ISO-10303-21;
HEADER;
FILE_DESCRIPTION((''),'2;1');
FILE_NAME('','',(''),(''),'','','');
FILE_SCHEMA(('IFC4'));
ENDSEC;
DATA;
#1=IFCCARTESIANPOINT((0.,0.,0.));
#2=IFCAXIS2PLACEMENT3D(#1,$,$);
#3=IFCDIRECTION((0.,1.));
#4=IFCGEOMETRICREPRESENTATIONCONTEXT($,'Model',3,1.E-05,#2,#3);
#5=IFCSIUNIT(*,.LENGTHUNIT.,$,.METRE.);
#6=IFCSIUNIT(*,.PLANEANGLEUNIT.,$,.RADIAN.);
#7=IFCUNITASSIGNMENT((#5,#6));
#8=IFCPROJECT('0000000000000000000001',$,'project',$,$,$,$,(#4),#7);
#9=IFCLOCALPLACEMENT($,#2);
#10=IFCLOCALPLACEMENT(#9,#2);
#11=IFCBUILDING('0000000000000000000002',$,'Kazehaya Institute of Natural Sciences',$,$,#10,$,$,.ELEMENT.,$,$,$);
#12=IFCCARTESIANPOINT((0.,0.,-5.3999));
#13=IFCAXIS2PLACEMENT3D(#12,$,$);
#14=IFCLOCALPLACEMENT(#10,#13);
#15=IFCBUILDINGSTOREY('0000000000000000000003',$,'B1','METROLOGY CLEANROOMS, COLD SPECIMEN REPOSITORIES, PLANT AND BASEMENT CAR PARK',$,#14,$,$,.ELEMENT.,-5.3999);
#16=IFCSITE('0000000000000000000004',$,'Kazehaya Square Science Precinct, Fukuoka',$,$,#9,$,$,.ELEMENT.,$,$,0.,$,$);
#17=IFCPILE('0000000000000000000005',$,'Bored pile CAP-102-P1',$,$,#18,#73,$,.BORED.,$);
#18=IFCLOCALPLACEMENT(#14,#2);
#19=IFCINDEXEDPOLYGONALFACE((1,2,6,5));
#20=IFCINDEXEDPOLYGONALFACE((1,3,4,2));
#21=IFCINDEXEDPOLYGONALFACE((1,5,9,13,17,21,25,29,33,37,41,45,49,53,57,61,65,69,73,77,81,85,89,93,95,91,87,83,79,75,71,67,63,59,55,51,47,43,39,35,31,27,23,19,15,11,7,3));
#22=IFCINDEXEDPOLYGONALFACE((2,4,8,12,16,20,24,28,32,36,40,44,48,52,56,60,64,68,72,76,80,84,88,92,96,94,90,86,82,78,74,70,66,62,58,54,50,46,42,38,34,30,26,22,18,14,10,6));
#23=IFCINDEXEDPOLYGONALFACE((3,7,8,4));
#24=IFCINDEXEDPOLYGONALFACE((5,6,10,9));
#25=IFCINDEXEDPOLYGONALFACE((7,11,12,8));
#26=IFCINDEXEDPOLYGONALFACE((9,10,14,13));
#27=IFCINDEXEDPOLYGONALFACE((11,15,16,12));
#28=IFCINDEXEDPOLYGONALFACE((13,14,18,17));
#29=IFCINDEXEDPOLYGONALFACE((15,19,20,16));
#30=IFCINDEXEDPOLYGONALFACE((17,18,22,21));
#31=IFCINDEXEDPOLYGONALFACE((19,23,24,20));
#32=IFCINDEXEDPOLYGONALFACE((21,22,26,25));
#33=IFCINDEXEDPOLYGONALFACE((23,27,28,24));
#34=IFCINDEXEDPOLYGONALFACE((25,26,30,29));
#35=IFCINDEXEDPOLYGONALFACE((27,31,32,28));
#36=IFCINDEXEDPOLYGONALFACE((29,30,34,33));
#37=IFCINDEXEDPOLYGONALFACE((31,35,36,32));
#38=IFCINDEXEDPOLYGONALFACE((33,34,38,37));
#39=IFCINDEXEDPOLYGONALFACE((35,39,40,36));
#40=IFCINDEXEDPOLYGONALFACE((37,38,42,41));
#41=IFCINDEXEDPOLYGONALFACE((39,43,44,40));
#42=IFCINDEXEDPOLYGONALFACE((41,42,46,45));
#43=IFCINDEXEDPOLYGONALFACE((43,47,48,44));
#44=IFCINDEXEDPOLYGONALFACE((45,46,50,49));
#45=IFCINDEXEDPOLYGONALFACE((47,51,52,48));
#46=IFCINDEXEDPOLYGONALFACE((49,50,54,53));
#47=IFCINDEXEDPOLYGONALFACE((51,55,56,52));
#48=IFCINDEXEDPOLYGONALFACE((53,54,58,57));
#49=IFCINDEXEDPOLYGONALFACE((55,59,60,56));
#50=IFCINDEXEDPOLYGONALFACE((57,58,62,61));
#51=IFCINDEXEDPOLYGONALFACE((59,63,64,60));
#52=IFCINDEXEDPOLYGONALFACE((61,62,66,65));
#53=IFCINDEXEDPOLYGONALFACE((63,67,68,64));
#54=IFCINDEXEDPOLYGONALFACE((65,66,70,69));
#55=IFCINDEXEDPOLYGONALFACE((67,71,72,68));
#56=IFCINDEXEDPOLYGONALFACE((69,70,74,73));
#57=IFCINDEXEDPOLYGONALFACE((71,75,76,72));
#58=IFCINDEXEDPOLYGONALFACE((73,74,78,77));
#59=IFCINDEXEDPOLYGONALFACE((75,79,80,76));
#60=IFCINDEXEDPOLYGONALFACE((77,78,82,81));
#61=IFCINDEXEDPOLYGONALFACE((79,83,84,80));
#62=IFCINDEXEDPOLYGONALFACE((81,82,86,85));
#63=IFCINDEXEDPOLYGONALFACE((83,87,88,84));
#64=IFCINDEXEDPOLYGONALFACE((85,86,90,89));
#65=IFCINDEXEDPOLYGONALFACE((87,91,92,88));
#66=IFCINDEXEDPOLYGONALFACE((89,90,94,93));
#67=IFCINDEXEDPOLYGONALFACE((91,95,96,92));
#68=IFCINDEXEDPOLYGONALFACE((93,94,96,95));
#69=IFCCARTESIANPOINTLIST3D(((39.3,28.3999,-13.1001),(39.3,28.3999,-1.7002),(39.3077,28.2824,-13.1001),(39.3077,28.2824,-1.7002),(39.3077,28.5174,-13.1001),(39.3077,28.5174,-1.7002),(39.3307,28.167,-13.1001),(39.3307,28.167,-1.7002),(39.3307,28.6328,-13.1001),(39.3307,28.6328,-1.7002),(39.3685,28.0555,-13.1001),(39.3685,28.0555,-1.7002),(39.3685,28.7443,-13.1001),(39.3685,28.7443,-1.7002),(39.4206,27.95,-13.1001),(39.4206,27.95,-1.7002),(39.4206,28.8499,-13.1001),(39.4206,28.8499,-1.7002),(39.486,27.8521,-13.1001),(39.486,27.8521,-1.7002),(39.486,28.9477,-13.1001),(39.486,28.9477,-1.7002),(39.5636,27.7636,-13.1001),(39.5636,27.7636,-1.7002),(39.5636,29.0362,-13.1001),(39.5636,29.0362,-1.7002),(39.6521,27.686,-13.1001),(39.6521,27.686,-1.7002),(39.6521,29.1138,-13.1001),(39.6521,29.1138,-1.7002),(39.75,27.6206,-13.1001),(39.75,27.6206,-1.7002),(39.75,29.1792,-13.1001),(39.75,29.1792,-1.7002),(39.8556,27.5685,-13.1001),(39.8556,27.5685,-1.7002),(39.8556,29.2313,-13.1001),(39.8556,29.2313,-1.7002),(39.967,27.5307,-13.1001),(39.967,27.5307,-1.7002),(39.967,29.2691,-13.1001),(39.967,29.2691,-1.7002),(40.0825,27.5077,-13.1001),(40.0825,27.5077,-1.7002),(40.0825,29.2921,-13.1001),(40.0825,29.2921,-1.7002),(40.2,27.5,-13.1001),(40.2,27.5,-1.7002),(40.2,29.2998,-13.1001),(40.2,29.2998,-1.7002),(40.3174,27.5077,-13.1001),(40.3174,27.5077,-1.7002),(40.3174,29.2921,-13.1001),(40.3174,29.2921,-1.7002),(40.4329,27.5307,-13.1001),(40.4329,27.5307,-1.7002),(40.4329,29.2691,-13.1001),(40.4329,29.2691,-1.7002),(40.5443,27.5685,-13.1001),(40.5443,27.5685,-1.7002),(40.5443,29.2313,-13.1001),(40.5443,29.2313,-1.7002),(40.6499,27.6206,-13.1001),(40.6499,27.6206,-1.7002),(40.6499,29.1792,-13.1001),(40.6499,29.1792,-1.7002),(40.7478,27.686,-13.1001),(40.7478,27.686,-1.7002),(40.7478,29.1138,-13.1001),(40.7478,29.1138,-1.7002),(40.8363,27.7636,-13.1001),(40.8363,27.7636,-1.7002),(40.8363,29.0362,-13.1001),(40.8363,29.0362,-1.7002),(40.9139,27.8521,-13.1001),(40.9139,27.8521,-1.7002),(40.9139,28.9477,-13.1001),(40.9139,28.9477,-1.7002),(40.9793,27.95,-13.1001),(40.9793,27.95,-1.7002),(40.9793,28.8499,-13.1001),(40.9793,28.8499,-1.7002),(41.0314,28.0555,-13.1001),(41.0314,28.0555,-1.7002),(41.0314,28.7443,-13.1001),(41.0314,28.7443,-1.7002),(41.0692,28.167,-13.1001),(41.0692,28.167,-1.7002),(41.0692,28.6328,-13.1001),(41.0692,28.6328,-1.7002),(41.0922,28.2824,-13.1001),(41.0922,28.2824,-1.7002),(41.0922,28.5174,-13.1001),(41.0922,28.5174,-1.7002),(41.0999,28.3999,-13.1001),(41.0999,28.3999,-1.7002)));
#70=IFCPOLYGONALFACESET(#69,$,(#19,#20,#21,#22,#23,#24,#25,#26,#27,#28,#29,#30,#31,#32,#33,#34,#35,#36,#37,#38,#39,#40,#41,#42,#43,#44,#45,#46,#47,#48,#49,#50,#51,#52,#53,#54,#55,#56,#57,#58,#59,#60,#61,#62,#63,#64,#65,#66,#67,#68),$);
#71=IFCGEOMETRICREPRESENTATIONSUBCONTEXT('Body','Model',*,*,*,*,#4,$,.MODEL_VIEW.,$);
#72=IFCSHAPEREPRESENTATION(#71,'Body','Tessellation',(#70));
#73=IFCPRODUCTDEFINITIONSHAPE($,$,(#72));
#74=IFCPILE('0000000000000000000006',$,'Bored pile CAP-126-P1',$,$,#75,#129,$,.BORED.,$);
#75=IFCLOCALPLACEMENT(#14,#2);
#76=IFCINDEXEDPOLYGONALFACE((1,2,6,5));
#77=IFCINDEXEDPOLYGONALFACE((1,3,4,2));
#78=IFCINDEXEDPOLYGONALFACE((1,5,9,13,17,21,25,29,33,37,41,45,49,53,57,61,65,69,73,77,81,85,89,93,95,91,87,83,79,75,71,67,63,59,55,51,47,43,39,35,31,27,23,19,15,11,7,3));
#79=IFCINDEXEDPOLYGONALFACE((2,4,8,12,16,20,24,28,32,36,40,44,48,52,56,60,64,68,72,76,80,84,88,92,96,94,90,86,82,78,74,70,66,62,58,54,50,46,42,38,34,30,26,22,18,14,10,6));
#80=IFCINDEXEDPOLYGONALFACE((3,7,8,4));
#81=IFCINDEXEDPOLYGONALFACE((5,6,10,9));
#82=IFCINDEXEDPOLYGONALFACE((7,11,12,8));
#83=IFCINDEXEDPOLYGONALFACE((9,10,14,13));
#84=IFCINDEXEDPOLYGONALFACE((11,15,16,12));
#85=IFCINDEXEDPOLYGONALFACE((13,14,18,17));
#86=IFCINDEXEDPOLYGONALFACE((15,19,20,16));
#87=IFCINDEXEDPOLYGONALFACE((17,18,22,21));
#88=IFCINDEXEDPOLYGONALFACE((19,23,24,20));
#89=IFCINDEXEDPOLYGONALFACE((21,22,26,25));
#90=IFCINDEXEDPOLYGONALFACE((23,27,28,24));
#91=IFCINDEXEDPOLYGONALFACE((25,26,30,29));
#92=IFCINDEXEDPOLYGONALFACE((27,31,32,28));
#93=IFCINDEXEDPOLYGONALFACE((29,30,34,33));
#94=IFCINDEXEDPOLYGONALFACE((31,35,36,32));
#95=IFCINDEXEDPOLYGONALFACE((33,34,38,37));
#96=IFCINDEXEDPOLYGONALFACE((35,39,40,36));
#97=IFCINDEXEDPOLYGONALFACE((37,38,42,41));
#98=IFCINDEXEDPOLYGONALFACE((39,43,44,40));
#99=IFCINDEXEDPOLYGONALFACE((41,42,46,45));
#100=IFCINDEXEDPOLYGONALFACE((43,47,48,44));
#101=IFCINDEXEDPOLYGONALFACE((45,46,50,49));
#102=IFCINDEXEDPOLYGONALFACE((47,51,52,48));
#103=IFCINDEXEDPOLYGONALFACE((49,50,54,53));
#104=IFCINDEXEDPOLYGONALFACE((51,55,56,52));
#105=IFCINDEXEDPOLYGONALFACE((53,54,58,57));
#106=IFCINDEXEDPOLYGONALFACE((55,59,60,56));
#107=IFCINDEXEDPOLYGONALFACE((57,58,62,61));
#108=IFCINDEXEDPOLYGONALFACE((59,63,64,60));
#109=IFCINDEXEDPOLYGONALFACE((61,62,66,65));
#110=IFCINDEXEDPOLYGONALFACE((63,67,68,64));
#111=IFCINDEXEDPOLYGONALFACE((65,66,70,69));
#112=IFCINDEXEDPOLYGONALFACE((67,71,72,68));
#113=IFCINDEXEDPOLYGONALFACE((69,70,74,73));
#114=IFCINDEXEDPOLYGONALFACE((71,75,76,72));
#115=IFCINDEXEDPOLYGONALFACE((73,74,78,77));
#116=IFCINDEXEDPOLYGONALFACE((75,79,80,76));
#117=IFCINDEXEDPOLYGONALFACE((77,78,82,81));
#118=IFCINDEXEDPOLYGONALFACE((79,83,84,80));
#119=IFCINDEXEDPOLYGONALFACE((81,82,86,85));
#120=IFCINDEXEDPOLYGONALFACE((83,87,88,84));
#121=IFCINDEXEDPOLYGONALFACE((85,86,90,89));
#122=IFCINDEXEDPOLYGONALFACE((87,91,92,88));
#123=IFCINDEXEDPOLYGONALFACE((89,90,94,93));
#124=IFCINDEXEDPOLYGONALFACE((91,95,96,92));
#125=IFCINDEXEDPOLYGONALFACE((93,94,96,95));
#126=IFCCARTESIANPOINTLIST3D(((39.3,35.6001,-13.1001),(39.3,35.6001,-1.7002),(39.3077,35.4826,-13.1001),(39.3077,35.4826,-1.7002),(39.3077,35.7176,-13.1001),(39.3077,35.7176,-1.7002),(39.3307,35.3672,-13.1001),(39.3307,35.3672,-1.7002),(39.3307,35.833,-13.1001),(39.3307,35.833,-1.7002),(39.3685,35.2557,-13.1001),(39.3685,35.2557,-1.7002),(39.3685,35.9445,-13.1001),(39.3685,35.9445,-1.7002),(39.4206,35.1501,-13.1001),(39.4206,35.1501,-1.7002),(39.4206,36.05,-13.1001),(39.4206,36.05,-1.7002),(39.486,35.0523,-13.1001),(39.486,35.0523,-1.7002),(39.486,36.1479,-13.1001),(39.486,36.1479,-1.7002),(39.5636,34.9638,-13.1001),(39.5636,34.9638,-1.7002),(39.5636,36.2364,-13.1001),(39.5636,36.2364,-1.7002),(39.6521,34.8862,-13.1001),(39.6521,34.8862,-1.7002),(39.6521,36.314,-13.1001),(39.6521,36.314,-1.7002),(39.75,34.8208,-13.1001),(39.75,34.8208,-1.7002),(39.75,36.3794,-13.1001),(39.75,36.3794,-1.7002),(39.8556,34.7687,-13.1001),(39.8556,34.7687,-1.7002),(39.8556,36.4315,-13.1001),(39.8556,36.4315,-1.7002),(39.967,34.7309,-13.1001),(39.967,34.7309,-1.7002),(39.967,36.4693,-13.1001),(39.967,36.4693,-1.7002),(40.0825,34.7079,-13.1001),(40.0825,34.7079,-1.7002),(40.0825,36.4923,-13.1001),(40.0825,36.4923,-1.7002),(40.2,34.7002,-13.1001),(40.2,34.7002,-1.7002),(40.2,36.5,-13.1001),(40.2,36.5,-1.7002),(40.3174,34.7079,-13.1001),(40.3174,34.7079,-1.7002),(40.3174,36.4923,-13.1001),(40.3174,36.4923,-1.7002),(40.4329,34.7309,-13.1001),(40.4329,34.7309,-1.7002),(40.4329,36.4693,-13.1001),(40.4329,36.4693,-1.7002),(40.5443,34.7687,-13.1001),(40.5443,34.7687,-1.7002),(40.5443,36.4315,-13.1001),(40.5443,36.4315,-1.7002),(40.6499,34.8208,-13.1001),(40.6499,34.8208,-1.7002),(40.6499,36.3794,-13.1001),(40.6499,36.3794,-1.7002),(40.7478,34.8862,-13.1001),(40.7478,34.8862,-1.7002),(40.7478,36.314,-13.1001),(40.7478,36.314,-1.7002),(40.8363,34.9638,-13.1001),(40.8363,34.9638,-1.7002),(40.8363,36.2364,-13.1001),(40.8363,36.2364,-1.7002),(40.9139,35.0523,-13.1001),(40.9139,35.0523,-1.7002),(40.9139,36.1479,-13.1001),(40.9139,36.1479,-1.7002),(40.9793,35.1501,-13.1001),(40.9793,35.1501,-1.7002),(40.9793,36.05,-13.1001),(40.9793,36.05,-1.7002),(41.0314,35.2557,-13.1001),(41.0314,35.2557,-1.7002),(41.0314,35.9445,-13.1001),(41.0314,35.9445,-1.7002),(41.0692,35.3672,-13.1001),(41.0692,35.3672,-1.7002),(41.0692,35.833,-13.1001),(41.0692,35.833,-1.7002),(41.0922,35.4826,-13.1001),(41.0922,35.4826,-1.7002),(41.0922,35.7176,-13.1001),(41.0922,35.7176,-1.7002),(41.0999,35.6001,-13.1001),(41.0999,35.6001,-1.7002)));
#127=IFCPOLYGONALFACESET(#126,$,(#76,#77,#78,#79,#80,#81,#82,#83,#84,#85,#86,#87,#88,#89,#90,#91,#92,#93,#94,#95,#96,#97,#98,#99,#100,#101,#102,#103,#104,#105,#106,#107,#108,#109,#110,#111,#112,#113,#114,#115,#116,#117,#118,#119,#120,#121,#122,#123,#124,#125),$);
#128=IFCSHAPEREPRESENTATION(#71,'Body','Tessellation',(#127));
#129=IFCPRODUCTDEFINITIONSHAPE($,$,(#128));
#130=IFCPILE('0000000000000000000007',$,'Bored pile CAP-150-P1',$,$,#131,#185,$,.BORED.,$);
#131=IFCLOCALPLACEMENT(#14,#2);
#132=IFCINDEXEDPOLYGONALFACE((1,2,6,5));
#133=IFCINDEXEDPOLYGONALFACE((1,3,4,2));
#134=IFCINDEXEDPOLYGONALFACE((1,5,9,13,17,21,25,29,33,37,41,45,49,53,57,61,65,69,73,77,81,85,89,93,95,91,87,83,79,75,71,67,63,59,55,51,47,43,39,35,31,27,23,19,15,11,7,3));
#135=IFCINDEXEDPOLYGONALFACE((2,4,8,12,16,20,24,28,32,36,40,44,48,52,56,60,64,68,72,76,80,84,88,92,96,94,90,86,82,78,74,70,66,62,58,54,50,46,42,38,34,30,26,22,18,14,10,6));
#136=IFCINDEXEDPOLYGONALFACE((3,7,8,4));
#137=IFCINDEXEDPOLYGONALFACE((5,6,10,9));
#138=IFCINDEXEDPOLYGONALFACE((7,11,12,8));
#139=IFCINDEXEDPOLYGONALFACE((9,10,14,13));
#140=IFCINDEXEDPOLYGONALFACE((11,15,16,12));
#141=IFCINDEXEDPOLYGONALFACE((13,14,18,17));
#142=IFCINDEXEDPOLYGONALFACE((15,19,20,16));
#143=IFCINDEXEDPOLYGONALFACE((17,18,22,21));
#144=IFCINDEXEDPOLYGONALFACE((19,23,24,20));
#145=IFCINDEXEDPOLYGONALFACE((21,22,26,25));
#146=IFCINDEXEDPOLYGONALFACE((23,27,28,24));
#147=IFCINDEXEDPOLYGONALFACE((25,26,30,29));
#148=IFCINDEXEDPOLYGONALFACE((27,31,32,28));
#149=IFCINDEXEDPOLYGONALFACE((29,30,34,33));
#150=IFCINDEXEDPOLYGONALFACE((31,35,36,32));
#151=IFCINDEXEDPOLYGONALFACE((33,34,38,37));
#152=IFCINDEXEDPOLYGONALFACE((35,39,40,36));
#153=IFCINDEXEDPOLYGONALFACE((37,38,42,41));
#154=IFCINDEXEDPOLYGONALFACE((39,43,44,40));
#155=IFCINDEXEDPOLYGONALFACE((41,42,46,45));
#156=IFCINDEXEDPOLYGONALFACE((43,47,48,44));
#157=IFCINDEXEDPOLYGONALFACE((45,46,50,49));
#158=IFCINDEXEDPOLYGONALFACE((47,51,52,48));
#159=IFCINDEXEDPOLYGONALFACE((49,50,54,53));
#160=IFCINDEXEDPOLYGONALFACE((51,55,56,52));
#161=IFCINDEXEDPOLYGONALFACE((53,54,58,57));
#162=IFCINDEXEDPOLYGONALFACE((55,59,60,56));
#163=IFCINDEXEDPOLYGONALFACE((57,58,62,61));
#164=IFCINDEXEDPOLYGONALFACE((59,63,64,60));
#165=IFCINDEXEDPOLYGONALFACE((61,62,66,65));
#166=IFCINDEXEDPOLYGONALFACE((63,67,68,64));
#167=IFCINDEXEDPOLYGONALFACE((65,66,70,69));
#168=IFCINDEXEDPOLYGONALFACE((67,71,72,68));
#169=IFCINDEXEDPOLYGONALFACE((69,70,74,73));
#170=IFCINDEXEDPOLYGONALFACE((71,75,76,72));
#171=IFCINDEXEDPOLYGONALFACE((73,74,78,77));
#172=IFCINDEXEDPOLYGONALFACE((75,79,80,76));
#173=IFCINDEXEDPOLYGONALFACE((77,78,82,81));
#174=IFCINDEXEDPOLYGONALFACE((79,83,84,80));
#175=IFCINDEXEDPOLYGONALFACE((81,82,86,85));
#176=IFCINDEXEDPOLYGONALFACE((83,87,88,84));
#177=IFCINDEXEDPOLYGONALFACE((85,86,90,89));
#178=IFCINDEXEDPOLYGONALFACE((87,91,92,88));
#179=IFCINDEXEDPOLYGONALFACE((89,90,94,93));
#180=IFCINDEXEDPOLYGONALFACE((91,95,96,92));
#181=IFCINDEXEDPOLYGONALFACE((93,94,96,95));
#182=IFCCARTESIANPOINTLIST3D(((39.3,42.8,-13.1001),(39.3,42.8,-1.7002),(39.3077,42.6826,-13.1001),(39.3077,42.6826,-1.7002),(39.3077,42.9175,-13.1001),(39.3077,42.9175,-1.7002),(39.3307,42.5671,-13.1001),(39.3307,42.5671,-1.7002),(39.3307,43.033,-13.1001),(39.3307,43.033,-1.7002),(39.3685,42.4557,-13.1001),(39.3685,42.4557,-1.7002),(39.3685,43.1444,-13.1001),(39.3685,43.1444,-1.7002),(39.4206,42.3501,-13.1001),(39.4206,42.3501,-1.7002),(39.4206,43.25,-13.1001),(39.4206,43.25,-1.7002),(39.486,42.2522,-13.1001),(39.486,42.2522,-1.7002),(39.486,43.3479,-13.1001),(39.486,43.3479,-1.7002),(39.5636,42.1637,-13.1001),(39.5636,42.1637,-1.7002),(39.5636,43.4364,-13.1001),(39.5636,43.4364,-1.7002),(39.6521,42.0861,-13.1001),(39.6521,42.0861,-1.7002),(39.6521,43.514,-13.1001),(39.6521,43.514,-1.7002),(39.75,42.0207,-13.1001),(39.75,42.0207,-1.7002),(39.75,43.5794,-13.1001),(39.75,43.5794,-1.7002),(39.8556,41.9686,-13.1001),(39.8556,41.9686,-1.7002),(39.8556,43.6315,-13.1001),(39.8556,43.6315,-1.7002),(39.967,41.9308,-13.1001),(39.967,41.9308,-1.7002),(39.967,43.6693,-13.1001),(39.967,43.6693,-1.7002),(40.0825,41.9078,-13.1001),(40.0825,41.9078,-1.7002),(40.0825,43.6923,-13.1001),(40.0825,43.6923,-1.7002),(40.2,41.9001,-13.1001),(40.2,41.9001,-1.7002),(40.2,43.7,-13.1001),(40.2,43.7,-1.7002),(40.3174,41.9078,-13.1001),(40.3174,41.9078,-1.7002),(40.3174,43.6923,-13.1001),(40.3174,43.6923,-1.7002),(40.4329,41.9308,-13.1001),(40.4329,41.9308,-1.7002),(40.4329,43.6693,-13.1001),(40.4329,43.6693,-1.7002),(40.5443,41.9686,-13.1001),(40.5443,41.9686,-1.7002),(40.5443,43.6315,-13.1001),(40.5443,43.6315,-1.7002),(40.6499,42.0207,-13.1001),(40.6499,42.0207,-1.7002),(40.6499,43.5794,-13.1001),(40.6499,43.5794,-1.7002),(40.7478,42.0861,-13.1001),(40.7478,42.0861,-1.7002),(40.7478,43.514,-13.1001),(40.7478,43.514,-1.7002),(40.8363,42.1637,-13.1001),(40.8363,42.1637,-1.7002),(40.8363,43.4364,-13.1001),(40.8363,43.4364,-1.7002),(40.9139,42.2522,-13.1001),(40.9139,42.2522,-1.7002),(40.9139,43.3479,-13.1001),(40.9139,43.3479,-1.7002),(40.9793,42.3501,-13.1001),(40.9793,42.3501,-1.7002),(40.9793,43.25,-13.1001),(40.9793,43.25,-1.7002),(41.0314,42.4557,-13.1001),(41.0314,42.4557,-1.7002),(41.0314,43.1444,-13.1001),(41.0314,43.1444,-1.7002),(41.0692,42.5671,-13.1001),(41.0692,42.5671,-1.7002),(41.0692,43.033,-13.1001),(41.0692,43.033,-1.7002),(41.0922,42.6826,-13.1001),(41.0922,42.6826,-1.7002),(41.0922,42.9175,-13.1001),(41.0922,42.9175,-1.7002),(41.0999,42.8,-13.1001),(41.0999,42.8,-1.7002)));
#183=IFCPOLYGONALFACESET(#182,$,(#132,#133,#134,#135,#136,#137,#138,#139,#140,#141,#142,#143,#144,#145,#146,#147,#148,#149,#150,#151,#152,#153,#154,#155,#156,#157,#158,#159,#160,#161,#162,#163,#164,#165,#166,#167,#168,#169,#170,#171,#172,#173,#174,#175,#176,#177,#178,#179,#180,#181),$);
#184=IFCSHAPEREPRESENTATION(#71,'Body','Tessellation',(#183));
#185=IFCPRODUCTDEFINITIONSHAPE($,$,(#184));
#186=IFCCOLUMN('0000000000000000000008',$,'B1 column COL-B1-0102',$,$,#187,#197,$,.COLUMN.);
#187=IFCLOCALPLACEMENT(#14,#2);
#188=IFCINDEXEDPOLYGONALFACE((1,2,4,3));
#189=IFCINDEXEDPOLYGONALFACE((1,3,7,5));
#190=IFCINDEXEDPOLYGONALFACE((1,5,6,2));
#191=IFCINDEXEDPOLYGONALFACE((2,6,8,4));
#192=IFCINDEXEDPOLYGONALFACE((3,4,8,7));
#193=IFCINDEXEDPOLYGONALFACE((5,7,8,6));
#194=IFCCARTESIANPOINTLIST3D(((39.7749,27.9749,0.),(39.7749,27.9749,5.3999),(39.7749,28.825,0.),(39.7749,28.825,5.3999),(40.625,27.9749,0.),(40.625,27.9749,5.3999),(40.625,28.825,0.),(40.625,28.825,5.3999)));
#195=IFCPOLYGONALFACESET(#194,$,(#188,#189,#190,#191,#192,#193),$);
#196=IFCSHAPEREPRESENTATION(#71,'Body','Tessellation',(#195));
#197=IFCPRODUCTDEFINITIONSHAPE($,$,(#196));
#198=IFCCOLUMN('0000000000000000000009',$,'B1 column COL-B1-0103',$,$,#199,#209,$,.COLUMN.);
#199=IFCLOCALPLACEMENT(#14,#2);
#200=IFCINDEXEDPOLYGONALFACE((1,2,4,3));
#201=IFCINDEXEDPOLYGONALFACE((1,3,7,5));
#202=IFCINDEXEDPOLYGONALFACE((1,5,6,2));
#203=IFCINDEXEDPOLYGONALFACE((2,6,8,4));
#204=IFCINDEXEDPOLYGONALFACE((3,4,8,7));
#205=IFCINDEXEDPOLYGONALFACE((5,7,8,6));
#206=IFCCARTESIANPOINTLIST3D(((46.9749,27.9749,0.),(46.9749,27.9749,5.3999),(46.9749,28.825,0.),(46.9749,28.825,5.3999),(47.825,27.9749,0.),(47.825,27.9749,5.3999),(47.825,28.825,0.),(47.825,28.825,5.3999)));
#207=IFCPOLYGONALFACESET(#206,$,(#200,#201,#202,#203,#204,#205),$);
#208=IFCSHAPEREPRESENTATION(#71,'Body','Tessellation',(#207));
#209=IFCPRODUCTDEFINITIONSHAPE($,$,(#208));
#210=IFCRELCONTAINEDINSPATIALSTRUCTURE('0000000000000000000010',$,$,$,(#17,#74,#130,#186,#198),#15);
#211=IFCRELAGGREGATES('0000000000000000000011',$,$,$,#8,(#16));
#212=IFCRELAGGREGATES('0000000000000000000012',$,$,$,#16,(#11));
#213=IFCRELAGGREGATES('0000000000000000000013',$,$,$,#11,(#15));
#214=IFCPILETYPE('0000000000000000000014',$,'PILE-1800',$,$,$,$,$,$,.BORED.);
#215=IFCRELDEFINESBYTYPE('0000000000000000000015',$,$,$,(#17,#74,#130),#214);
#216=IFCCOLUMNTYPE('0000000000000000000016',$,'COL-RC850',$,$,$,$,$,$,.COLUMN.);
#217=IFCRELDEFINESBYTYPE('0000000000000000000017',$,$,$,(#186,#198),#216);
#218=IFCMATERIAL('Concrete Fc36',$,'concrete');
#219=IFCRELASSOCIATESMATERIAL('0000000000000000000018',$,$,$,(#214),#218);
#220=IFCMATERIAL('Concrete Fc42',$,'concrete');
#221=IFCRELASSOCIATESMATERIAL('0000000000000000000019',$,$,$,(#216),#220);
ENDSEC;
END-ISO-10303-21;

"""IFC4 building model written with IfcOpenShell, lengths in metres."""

from ifc_helpers import new_model, si_unit, direction, frame, origin, origin_2d, place, context, subcontext, project, spatial, rectangle, circle, extrude, material, material_profile, profile_set, type_object, element, save


model = new_model("IFC4")

# Units and contexts
model_context = context("Model", 3, precision=1e-05, world=origin(), true_north=direction((0.0, 1.0)))
body_context = subcontext(model_context, "Body", "Model", "MODEL_VIEW")
ifc_project = project(units=[si_unit("LENGTHUNIT", "METRE"), si_unit("PLANEANGLEUNIT", "RADIAN")], contexts=[model_context])

# Site, building, storey
site_placement = place(None, origin())
site = spatial("IfcSite", under=ifc_project, at=site_placement, Name="Kazehaya Square Science Precinct, Fukuoka", CompositionType="ELEMENT", RefElevation=0.0)
building_placement = place(site_placement, origin())
building = spatial("IfcBuilding", under=site, at=building_placement, Name="Kazehaya Institute of Natural Sciences", CompositionType="ELEMENT")
storey_placement = place(building_placement, frame((0.0, 0.0, -5.3999)))
storey = spatial("IfcBuildingStorey", under=building, at=storey_placement, Name="B1", Description="METROLOGY CLEANROOMS, COLD SPECIMEN REPOSITORIES, PLANT AND BASEMENT CAR PARK", CompositionType="ELEMENT", Elevation=-5.3999)

# Shared definitions
ifc_material_1 = material(Name="Concrete Fc36", Category="concrete")

# Piles
ifc_material_profile_1 = material_profile(ifc_material_1, circle(Radius=0.8999, at=origin_2d()), Name="PILE-1800")
ifc_profile_set_1 = profile_set([ifc_material_profile_1], Name="Concrete Fc36")
pile_type_1 = type_object("IfcPileType", Name="PILE-1800", PredefinedType="BORED", material=ifc_profile_set_1)
for number, where, z_axis, x_axis, name in (
    (1, (40.2, 28.3999, -1.7002), (0.0, 0.0, -1.0), (1.0, 0.0, 0.0), "Bored pile CAP-102-P1"),
    (2, (40.2, 35.6001, -1.7002), (0.0, 0.0, -1.0), (1.0, 0.0, 0.0), "Bored pile CAP-126-P1"),
    (3, (40.2, 42.8, -1.7002), (0.0, 0.0, -1.0), (1.0, 0.0, 0.0), "Bored pile CAP-150-P1"),
):
    element("IfcPile", number, at=place(storey_placement, frame(where, z_axis=z_axis, x_axis=x_axis)), inside=storey, type_object=pile_type_1, Name=name, PredefinedType="BORED", context=body_context, shape_type="SweptSolid", body=[
        extrude(circle(Radius=0.8999, at=origin_2d()), origin(), (0.0, 0.0, 1.0), 11.3999),
    ])

# Columns
ifc_material_2 = material(Name="Concrete Fc42", Category="concrete")
ifc_material_profile_2 = material_profile(ifc_material_2, rectangle(XDim=0.8501, YDim=0.8501, at=origin_2d()), Name="RC-850x850")
ifc_profile_set_2 = profile_set([ifc_material_profile_2], Name="Concrete Fc42")
column_type = type_object("IfcColumnType", Name="COL-RC850", PredefinedType="COLUMN", material=ifc_profile_set_2)
for number, where, z_axis, x_axis, name in (
    (4, (40.2, 28.3999, 0.0), (0.0, 0.0, 1.0), (1.0, 0.0, 0.0), "B1 column COL-B1-0102"),
    (5, (47.3999, 28.3999, 0.0), (0.0, 0.0, 1.0), (1.0, 0.0, 0.0), "B1 column COL-B1-0103"),
):
    element("IfcColumn", number, at=place(storey_placement, frame(where, z_axis=z_axis, x_axis=x_axis)), inside=storey, type_object=column_type, Name=name, PredefinedType="COLUMN", context=body_context, shape_type="SweptSolid", body=[
        extrude(rectangle(XDim=0.8501, YDim=0.8501, at=origin_2d()), origin(), (0.0, 0.0, 1.0), 5.3999),
    ])

save(model, "model.ifc")
